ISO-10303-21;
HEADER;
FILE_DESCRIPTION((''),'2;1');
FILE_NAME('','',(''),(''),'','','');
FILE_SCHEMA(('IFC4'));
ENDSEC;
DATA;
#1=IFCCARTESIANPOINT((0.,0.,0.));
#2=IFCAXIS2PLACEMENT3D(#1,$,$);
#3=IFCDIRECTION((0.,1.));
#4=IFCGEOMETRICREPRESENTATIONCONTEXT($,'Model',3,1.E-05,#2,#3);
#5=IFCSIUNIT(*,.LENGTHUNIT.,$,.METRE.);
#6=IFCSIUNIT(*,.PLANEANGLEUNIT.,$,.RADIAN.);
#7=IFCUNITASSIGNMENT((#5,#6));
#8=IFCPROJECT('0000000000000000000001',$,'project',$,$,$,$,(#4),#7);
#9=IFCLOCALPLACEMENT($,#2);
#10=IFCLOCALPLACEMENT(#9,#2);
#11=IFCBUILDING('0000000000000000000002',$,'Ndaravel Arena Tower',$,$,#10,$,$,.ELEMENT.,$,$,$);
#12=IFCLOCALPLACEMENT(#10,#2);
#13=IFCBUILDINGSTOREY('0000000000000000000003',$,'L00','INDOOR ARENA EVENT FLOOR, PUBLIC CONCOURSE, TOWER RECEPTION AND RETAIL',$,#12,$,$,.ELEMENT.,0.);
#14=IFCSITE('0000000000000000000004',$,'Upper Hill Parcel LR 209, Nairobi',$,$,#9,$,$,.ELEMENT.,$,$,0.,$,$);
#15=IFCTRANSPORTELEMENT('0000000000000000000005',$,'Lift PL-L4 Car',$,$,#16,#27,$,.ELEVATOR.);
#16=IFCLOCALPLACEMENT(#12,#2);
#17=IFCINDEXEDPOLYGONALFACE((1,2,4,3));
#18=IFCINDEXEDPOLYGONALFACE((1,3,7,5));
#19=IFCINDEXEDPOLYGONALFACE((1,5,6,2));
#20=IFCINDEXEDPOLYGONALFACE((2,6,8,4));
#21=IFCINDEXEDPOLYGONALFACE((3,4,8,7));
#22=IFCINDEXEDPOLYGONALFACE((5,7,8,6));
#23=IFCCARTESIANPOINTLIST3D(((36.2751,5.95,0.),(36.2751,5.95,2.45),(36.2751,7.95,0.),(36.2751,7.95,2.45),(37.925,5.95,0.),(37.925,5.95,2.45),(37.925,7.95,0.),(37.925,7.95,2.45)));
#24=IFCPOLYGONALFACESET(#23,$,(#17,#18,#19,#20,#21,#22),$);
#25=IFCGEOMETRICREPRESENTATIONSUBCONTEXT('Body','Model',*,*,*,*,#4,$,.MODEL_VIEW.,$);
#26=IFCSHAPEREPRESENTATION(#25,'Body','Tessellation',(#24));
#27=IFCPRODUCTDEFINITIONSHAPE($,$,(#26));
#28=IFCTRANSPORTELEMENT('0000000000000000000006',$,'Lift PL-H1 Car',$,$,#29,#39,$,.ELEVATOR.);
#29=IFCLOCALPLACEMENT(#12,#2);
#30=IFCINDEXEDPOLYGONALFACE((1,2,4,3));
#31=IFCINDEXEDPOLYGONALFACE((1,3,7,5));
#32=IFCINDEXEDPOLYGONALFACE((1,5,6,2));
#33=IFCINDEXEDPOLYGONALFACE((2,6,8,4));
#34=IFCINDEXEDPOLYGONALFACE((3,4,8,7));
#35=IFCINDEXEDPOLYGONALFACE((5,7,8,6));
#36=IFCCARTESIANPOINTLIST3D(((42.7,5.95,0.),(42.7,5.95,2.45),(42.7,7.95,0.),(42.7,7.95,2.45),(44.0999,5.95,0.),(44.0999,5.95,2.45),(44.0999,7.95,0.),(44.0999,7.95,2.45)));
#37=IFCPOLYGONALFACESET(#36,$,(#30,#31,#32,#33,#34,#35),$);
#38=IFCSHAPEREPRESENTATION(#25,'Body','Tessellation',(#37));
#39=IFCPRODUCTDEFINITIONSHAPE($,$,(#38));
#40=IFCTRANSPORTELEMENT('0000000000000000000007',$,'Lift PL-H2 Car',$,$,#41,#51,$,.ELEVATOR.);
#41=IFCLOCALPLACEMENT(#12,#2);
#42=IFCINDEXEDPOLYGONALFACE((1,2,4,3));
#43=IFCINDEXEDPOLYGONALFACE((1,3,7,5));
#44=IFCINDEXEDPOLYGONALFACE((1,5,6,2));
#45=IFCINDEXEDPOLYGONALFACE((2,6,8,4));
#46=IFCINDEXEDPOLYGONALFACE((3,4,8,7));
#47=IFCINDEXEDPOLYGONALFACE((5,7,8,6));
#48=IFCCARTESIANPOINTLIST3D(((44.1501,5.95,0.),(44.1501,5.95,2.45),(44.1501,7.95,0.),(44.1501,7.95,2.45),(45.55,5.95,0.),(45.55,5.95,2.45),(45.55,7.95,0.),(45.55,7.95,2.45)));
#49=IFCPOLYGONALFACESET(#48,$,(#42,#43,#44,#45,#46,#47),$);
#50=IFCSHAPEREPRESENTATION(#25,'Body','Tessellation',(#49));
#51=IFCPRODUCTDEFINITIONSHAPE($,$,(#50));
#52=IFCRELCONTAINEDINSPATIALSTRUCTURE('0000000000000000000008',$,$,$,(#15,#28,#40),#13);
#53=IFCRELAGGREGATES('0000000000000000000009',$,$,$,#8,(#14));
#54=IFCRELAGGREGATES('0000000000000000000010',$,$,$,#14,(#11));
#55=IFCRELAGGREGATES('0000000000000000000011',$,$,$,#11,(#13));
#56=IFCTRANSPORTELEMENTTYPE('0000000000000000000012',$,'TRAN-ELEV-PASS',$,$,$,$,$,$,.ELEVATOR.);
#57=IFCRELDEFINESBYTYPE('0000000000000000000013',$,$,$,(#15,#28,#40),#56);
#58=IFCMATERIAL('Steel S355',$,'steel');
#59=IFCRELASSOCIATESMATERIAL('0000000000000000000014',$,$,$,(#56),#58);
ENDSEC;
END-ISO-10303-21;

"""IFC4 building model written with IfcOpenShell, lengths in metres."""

from ifc_helpers import new_model, si_unit, direction, frame, origin, origin_2d, place, context, subcontext, project, spatial, rectangle, extrude, material, type_object, element, save


model = new_model("IFC4")

# Units and contexts
model_context = context("Model", 3, precision=1e-05, world=origin(), true_north=direction((0.0, 1.0)))
body_context = subcontext(model_context, "Body", "Model", "MODEL_VIEW")
ifc_project = project(units=[si_unit("LENGTHUNIT", "METRE"), si_unit("PLANEANGLEUNIT", "RADIAN")], contexts=[model_context])

# Site, building, storey
site_placement = place(None, origin())
site = spatial("IfcSite", under=ifc_project, at=site_placement, Name="Upper Hill Parcel LR 209, Nairobi", CompositionType="ELEMENT", RefElevation=0.0)
building_placement = place(site_placement, origin())
building = spatial("IfcBuilding", under=site, at=building_placement, Name="Ndaravel Arena Tower", CompositionType="ELEMENT")
storey_placement = place(building_placement, origin())
storey = spatial("IfcBuildingStorey", under=building, at=storey_placement, Name="L00", Description="INDOOR ARENA EVENT FLOOR, PUBLIC CONCOURSE, TOWER RECEPTION AND RETAIL", CompositionType="ELEMENT", Elevation=0.0)

# Transport elements
ifc_material_1 = material(Name="Steel S355", Category="steel")
transport_element_type = type_object("IfcTransportElementType", Name="TRAN-ELEV-PASS", PredefinedType="ELEVATOR", material=ifc_material_1)
transport_element_placement = place(storey_placement, frame((37.1001, 6.95, 0.0), z_axis=(0.0, 0.0, 1.0), x_axis=(1.0, 0.0, 0.0)))
element("IfcTransportElement", 1, at=transport_element_placement, inside=storey, type_object=transport_element_type, Name="Lift PL-L4 Car", PredefinedType="ELEVATOR", context=body_context, shape_type="SweptSolid", body=[
    extrude(rectangle(XDim=1.6499, YDim=2.0, at=origin_2d()), origin(), (0.0, 0.0, 1.0), 2.45),
])
for number, where, z_axis, x_axis, name in (
    (2, (43.3999, 6.95, 0.0), (0.0, 0.0, 1.0), (1.0, 0.0, 0.0), "Lift PL-H1 Car"),
    (3, (44.8501, 6.95, 0.0), (0.0, 0.0, 1.0), (1.0, 0.0, 0.0), "Lift PL-H2 Car"),
):
    element("IfcTransportElement", number, at=place(storey_placement, frame(where, z_axis=z_axis, x_axis=x_axis)), inside=storey, type_object=transport_element_type, Name=name, PredefinedType="ELEVATOR", context=body_context, shape_type="SweptSolid", body=[
        extrude(rectangle(XDim=1.3999, YDim=2.0, at=origin_2d()), origin(), (0.0, 0.0, 1.0), 2.45),
    ])

save(model, "model.ifc")
